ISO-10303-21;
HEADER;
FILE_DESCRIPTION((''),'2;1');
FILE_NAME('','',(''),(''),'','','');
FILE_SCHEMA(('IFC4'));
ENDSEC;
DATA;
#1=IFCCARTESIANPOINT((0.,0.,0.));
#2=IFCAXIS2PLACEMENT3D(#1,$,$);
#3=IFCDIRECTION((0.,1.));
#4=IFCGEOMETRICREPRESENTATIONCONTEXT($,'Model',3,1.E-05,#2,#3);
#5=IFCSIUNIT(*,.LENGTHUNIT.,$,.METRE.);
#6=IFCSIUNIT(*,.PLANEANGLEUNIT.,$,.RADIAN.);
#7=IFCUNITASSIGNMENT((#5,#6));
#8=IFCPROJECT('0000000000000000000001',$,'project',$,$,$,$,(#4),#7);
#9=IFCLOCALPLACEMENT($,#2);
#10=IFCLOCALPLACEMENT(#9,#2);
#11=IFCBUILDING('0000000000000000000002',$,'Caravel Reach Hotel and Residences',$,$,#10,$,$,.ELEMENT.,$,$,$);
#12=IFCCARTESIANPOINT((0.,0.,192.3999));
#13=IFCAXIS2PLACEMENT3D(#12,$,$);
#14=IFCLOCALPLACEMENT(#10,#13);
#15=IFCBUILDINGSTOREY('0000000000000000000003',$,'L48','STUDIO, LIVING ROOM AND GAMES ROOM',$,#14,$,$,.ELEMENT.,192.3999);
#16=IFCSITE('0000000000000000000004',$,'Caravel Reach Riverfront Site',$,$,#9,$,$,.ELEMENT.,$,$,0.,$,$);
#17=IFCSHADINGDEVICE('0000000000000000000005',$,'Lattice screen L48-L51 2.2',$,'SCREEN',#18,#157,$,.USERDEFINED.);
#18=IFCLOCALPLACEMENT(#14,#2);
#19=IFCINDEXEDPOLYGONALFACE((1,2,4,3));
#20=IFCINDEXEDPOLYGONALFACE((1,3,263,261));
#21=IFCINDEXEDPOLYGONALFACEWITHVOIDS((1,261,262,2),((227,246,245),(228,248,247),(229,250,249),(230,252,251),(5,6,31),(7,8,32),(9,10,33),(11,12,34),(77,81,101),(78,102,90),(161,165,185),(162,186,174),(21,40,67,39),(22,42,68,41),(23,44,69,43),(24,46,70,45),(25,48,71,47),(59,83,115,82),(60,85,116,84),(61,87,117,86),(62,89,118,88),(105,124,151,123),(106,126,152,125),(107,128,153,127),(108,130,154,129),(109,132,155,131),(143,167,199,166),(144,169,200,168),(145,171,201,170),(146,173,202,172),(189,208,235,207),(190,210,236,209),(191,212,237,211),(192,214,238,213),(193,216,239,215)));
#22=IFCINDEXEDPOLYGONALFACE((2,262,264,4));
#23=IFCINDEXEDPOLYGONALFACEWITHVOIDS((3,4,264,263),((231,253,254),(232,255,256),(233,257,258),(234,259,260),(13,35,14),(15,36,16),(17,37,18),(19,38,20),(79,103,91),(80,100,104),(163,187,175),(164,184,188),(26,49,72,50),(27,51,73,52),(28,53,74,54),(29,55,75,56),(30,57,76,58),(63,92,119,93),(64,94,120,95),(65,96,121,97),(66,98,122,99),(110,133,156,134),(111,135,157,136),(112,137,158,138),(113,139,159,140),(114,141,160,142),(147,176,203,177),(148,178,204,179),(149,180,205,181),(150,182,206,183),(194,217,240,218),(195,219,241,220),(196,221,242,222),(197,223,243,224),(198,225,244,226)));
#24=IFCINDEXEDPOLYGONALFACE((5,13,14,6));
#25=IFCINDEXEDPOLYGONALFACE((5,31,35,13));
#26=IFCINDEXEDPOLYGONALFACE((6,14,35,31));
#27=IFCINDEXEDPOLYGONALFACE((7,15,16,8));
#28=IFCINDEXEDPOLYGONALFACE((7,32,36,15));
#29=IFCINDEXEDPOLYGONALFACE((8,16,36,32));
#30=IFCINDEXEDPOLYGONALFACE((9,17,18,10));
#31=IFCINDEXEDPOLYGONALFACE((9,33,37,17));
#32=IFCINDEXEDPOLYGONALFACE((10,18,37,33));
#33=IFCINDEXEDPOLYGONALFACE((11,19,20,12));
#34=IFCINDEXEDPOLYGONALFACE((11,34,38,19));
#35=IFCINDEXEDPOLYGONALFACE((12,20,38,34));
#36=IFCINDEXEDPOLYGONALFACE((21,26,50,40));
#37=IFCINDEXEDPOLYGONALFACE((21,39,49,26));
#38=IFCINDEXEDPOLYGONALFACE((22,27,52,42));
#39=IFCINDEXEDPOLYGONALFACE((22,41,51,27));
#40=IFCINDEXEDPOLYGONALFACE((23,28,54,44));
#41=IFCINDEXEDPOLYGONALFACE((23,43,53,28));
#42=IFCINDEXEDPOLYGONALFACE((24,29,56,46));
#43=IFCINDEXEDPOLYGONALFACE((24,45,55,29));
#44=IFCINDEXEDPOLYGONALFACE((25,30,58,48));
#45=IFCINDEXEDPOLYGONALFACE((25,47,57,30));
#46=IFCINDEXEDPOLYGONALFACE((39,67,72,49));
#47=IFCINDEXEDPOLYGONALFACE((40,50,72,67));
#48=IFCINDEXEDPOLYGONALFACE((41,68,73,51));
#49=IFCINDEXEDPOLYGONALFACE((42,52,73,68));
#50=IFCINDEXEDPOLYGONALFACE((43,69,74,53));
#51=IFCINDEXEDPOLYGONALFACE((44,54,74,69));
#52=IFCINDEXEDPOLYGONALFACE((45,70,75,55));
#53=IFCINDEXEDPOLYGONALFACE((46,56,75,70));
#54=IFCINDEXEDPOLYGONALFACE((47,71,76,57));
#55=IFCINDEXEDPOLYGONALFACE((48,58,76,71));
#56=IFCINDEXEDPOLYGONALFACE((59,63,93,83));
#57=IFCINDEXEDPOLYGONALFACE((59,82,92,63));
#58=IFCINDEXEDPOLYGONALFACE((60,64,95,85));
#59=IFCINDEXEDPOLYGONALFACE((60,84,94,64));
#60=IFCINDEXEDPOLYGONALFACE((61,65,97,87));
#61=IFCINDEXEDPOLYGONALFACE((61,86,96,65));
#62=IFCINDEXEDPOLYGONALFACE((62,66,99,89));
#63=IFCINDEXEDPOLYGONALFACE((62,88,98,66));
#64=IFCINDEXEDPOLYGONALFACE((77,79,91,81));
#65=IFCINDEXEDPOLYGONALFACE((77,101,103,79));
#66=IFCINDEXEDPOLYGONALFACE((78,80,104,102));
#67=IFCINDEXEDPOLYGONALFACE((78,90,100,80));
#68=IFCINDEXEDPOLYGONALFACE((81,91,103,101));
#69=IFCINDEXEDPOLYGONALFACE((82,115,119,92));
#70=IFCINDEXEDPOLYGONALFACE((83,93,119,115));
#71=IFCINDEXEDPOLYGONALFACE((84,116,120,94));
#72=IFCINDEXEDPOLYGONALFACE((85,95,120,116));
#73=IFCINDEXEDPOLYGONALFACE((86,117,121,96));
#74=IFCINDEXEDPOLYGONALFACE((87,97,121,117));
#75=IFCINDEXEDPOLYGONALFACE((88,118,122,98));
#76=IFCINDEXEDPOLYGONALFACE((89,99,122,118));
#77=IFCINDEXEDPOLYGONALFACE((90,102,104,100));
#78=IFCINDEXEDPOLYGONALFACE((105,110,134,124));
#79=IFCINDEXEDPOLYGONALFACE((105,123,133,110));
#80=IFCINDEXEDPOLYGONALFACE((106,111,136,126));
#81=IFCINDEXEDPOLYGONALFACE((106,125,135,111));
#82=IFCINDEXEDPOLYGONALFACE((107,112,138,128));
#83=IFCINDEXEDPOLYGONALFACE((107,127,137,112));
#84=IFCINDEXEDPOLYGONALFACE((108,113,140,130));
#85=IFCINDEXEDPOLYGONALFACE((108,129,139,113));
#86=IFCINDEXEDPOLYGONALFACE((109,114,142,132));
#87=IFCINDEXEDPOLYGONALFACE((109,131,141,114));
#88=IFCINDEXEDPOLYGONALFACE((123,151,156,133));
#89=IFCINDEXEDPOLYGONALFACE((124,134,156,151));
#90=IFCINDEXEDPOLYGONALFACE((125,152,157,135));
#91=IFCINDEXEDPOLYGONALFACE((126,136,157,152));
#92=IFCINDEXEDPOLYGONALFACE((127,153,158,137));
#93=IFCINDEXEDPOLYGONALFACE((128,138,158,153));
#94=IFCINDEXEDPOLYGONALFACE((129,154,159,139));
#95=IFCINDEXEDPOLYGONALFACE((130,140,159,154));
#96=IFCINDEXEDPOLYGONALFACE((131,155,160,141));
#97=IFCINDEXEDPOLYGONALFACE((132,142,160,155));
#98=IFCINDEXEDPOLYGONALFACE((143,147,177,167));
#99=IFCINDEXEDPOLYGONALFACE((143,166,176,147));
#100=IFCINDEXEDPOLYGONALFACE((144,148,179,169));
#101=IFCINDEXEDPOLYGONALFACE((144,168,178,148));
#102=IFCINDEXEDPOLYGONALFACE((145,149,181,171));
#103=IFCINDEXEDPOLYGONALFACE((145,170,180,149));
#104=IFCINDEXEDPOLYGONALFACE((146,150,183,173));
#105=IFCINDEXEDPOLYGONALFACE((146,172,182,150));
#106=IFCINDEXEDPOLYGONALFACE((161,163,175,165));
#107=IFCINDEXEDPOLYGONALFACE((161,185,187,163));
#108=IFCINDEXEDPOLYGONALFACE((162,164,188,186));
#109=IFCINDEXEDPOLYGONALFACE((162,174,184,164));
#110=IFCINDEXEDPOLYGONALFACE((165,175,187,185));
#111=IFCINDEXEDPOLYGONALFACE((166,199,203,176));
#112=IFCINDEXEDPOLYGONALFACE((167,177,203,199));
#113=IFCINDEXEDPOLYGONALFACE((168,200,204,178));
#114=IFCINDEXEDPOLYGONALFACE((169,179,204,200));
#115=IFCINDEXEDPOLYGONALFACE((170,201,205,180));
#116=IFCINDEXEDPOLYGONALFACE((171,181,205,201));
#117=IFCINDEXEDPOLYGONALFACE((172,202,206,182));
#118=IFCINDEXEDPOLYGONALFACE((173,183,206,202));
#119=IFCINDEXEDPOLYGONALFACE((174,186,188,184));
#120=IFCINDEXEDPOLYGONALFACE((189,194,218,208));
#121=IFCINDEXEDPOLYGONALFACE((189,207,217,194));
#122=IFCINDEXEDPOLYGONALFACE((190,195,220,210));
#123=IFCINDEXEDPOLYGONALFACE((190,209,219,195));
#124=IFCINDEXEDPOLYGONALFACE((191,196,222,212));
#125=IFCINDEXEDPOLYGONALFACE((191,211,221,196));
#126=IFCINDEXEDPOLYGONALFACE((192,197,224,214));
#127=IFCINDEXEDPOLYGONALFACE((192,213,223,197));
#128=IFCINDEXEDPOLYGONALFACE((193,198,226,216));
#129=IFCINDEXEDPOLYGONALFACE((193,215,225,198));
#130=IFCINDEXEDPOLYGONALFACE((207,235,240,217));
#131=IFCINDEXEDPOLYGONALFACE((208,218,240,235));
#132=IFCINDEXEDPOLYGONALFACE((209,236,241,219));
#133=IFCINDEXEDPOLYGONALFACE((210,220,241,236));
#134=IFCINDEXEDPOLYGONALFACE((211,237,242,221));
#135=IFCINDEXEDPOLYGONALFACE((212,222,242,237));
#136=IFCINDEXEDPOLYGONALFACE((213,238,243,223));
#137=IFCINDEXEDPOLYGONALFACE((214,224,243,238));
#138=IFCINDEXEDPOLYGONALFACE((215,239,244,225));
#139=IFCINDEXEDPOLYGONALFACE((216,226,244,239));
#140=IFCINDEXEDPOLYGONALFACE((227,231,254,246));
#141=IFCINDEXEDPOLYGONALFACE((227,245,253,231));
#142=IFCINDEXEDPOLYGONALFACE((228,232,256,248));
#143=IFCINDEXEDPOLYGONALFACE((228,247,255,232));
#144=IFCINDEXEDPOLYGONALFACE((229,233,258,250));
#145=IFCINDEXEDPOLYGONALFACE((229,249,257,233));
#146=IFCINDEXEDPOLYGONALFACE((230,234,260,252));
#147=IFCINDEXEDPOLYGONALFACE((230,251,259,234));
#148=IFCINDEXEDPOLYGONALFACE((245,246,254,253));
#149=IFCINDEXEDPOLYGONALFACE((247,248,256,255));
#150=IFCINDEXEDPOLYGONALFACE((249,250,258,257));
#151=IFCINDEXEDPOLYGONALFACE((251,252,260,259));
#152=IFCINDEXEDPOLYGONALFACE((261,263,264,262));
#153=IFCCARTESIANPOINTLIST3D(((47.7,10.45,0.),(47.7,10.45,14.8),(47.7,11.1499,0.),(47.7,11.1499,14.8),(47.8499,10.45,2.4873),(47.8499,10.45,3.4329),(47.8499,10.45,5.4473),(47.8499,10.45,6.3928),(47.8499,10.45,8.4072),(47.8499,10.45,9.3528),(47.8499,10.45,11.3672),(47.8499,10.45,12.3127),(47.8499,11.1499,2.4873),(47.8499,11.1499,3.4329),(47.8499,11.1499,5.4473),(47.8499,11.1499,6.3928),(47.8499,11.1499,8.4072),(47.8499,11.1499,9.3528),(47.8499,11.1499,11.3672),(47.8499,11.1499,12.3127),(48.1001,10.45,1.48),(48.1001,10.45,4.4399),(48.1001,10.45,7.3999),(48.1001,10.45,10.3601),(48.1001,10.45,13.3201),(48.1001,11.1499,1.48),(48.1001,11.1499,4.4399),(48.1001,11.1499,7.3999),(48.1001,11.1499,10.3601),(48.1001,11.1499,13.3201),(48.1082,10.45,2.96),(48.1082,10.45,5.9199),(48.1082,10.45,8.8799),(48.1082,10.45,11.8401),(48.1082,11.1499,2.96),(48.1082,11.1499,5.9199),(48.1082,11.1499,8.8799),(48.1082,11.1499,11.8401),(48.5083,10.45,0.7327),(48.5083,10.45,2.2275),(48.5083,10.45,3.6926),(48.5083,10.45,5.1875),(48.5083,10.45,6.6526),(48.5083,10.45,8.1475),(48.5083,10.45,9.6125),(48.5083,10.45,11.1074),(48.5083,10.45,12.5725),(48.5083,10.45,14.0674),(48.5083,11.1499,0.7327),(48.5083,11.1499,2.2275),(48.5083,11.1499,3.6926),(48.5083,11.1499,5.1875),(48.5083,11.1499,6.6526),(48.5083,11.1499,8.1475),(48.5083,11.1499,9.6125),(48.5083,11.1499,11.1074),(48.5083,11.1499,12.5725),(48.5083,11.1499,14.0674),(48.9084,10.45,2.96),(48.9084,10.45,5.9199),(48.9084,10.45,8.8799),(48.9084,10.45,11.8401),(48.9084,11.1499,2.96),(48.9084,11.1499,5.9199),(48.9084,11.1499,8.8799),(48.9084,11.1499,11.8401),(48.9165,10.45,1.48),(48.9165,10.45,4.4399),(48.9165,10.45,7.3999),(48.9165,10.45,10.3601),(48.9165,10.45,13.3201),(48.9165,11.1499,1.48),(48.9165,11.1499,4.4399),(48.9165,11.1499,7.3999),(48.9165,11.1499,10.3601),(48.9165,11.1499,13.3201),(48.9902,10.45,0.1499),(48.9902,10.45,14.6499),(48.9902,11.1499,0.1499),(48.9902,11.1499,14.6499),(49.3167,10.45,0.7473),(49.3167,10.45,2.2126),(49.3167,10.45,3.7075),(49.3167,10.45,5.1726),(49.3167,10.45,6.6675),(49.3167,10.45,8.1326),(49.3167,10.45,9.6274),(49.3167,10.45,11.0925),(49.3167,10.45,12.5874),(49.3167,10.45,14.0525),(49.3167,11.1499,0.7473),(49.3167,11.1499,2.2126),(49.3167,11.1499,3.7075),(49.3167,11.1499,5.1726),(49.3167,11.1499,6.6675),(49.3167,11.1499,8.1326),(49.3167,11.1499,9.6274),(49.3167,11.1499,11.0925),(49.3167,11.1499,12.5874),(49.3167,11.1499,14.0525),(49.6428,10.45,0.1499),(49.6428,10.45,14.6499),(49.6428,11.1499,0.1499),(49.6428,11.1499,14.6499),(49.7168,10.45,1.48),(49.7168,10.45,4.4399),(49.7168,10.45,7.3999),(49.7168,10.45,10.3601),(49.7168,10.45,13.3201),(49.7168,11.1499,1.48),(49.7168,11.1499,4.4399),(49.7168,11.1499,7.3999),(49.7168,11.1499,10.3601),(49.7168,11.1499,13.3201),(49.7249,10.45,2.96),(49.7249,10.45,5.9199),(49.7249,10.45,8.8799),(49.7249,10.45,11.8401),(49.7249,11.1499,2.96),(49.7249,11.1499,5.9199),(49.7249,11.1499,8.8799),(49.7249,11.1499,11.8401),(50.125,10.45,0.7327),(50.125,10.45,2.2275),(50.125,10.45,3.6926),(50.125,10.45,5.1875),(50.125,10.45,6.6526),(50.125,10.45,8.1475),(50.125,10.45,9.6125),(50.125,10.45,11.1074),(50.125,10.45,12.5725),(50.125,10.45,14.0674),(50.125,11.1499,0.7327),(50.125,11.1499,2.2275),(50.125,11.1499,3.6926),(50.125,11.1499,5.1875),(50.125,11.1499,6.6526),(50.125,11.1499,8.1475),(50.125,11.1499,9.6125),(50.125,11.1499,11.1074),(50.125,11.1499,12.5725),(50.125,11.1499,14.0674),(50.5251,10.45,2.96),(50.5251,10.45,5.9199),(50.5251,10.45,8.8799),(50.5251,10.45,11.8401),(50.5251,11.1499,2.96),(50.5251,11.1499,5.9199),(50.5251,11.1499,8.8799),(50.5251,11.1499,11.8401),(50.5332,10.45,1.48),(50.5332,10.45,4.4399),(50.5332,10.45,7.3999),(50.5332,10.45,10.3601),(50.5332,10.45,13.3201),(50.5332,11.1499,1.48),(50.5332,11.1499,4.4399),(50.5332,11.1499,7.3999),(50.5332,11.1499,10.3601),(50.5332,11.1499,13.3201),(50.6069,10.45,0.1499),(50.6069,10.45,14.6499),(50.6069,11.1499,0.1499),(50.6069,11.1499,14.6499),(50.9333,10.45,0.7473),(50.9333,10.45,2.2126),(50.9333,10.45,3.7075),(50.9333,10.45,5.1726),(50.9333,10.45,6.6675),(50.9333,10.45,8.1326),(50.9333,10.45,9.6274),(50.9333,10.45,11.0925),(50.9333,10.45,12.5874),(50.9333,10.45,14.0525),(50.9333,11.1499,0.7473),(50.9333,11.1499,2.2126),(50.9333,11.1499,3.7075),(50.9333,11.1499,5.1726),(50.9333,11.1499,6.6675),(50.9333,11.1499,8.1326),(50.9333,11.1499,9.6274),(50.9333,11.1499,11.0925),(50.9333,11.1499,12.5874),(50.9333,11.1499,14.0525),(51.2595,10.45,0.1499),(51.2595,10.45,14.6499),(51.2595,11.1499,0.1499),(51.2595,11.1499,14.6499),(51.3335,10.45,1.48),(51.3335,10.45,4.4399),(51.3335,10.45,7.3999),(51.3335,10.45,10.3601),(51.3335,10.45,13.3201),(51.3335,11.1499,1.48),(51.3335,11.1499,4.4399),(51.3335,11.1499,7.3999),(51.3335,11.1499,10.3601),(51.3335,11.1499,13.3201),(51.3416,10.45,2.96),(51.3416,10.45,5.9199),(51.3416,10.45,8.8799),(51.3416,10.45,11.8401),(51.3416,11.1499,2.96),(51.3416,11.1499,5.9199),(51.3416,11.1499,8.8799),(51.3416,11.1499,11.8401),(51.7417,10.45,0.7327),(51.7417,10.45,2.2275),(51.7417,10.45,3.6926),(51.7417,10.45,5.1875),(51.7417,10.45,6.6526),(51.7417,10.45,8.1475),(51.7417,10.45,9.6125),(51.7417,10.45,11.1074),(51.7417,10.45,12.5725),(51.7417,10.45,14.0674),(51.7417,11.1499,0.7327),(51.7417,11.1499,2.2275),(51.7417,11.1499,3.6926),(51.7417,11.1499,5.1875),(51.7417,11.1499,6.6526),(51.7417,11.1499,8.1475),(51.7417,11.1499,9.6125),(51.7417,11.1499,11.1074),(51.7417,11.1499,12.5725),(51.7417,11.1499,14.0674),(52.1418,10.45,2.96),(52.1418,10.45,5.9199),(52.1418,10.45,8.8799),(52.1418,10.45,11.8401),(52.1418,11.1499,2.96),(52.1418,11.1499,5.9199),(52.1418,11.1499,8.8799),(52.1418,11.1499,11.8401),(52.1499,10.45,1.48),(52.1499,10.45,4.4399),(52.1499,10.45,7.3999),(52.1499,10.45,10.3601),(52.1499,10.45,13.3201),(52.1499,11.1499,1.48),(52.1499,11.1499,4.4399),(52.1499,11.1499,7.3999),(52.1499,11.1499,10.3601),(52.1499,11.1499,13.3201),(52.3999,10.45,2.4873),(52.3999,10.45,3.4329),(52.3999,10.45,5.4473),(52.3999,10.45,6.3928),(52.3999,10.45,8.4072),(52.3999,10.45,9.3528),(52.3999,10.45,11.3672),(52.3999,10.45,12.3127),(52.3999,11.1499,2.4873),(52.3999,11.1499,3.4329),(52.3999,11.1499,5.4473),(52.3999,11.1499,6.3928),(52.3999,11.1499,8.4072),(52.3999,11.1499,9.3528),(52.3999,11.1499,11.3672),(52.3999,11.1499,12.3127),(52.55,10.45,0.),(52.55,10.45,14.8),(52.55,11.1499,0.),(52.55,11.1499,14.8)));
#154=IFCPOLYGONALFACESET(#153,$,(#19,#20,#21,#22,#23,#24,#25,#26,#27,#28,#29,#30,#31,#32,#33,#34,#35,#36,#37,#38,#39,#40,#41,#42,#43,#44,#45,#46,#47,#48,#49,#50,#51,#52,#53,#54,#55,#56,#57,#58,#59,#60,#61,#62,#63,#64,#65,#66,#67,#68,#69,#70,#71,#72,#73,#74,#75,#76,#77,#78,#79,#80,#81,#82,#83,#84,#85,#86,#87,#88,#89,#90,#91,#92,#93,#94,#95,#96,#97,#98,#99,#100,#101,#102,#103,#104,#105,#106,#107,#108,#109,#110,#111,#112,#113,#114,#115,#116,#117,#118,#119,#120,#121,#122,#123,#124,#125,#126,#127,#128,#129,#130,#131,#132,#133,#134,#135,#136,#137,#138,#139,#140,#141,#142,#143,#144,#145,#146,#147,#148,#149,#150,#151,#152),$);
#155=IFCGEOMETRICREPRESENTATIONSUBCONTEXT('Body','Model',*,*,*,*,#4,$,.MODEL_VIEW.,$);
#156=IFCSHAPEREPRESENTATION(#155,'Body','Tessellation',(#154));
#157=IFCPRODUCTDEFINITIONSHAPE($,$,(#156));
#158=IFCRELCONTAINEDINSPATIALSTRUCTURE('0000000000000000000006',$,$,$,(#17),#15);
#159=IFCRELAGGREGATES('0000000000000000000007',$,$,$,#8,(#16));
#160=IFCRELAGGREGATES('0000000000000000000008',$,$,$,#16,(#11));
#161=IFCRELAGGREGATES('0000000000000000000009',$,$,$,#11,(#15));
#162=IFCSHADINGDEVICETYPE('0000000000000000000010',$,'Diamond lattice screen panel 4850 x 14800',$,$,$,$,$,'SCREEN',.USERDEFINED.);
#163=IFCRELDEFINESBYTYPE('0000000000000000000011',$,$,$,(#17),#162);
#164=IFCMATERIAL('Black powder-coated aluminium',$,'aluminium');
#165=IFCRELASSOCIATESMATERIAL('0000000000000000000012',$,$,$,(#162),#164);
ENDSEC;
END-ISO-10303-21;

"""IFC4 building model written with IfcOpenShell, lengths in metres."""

from ifc_helpers import new_model, si_unit, direction, frame, origin, place, context, subcontext, project, spatial, polyline, outline, extrude, material, type_object, element, save


model = new_model("IFC4")

# Units and contexts
model_context = context("Model", 3, precision=1e-05, world=origin(), true_north=direction((0.0, 1.0)))
body_context = subcontext(model_context, "Body", "Model", "MODEL_VIEW")
ifc_project = project(units=[si_unit("LENGTHUNIT", "METRE"), si_unit("PLANEANGLEUNIT", "RADIAN")], contexts=[model_context])

# Site, building, storey
site_placement = place(None, origin())
site = spatial("IfcSite", under=ifc_project, at=site_placement, Name="Caravel Reach Riverfront Site", CompositionType="ELEMENT", RefElevation=0.0)
building_placement = place(site_placement, origin())
building = spatial("IfcBuilding", under=site, at=building_placement, Name="Caravel Reach Hotel and Residences", CompositionType="ELEMENT")
storey_placement = place(building_placement, frame((0.0, 0.0, 192.3999)))
storey = spatial("IfcBuildingStorey", under=building, at=storey_placement, Name="L48", Description="STUDIO, LIVING ROOM AND GAMES ROOM", CompositionType="ELEMENT", Elevation=192.3999)

# Shading device
ifc_material_1 = material(Name="Black powder-coated aluminium", Category="aluminium")
shading_device_type_1 = type_object("IfcShadingDeviceType", Name="Diamond lattice screen panel 4850 x 14800", ElementType="SCREEN", PredefinedType="USERDEFINED", material=ifc_material_1)
shading_device_1_placement = place(storey_placement, frame((47.7, 11.1499, 0.0), z_axis=(0.0, -1.0, 0.0), x_axis=(1.0, 0.0, 0.0)))
element("IfcShadingDevice", 1, at=shading_device_1_placement, inside=storey, type_object=shading_device_type_1, Name="Lattice screen L48-L51 2.2", ObjectType="SCREEN", PredefinedType="USERDEFINED", context=body_context, shape_type="SweptSolid", body=[
    extrude(outline(polyline([(0.0, 0.0), (4.8501, 0.0), (4.8501, 14.8), (0.0, 14.8), (0.0, 0.0)]), holes=[polyline([(0.4082, 2.96), (0.1499, 3.4329), (0.1499, 2.4873), (0.4082, 2.96)]), polyline([(0.4082, 5.9199), (0.1499, 6.3928), (0.1499, 5.4473), (0.4082, 5.9199)]), polyline([(0.4082, 8.8799), (0.1499, 9.3528), (0.1499, 8.4072), (0.4082, 8.8799)]), polyline([(0.4082, 11.8401), (0.1499, 12.3127), (0.1499, 11.3672), (0.4082, 11.8401)]), polyline([(0.8083, 2.2275), (0.4001, 1.48), (0.8083, 0.7327), (1.2166, 1.48), (0.8083, 2.2275)]), polyline([(0.8083, 5.1875), (0.4001, 4.4399), (0.8083, 3.6926), (1.2166, 4.4399), (0.8083, 5.1875)]), polyline([(0.8083, 8.1475), (0.4001, 7.3999), (0.8083, 6.6526), (1.2166, 7.3999), (0.8083, 8.1475)]), polyline([(0.8083, 11.1074), (0.4001, 10.3601), (0.8083, 9.6125), (1.2166, 10.3601), (0.8083, 11.1074)]), polyline([(0.8083, 14.0674), (0.4001, 13.3201), (0.8083, 12.5725), (1.2166, 13.3201), (0.8083, 14.0674)]), polyline([(1.6167, 0.7473), (1.2903, 0.1499), (1.9429, 0.1499), (1.6167, 0.7473)]), polyline([(1.6167, 3.7075), (1.2085, 2.96), (1.6167, 2.2126), (2.0249, 2.96), (1.6167, 3.7075)]), polyline([(1.6167, 6.6675), (1.2085, 5.9199), (1.6167, 5.1726), (2.0249, 5.9199), (1.6167, 6.6675)]), polyline([(1.6167, 9.6274), (1.2085, 8.8799), (1.6167, 8.1326), (2.0249, 8.8799), (1.6167, 9.6274)]), polyline([(1.6167, 12.5874), (1.2085, 11.8401), (1.6167, 11.0925), (2.0249, 11.8401), (1.6167, 12.5874)]), polyline([(1.6167, 14.0525), (1.9429, 14.6499), (1.2903, 14.6499), (1.6167, 14.0525)]), polyline([(2.425, 2.2275), (2.0168, 1.48), (2.425, 0.7327), (2.8333, 1.48), (2.425, 2.2275)]), polyline([(2.425, 5.1875), (2.0168, 4.4399), (2.425, 3.6926), (2.8333, 4.4399), (2.425, 5.1875)]), polyline([(2.425, 8.1475), (2.0168, 7.3999), (2.425, 6.6526), (2.8333, 7.3999), (2.425, 8.1475)]), polyline([(2.425, 11.1074), (2.0168, 10.3601), (2.425, 9.6125), (2.8333, 10.3601), (2.425, 11.1074)]), polyline([(2.425, 14.0674), (2.0168, 13.3201), (2.425, 12.5725), (2.8333, 13.3201), (2.425, 14.0674)]), polyline([(3.2334, 0.7473), (2.907, 0.1499), (3.5596, 0.1499), (3.2334, 0.7473)]), polyline([(3.2334, 3.7075), (2.8252, 2.96), (3.2334, 2.2126), (3.6416, 2.96), (3.2334, 3.7075)]), polyline([(3.2334, 6.6675), (2.8252, 5.9199), (3.2334, 5.1726), (3.6416, 5.9199), (3.2334, 6.6675)]), polyline([(3.2334, 9.6274), (2.8252, 8.8799), (3.2334, 8.1326), (3.6416, 8.8799), (3.2334, 9.6274)]), polyline([(3.2334, 12.5874), (2.8252, 11.8401), (3.2334, 11.0925), (3.6416, 11.8401), (3.2334, 12.5874)]), polyline([(3.2334, 14.0525), (3.5596, 14.6499), (2.907, 14.6499), (3.2334, 14.0525)]), polyline([(4.0417, 2.2275), (3.6335, 1.48), (4.0417, 0.7327), (4.45, 1.48), (4.0417, 2.2275)]), polyline([(4.0417, 5.1875), (3.6335, 4.4399), (4.0417, 3.6926), (4.45, 4.4399), (4.0417, 5.1875)]), polyline([(4.0417, 8.1475), (3.6335, 7.3999), (4.0417, 6.6526), (4.45, 7.3999), (4.0417, 8.1475)]), polyline([(4.0417, 11.1074), (3.6335, 10.3601), (4.0417, 9.6125), (4.45, 10.3601), (4.0417, 11.1074)]), polyline([(4.0417, 14.0674), (3.6335, 13.3201), (4.0417, 12.5725), (4.45, 13.3201), (4.0417, 14.0674)]), polyline([(4.4419, 2.96), (4.7, 2.4873), (4.7, 3.4329), (4.4419, 2.96)]), polyline([(4.4419, 5.9199), (4.7, 5.4473), (4.7, 6.3928), (4.4419, 5.9199)]), polyline([(4.4419, 8.8799), (4.7, 8.4072), (4.7, 9.3528), (4.4419, 8.8799)]), polyline([(4.4419, 11.8401), (4.7, 11.3672), (4.7, 12.3127), (4.4419, 11.8401)])]), origin(), (0.0, 0.0, 1.0), 0.7),
])

save(model, "model.ifc")
